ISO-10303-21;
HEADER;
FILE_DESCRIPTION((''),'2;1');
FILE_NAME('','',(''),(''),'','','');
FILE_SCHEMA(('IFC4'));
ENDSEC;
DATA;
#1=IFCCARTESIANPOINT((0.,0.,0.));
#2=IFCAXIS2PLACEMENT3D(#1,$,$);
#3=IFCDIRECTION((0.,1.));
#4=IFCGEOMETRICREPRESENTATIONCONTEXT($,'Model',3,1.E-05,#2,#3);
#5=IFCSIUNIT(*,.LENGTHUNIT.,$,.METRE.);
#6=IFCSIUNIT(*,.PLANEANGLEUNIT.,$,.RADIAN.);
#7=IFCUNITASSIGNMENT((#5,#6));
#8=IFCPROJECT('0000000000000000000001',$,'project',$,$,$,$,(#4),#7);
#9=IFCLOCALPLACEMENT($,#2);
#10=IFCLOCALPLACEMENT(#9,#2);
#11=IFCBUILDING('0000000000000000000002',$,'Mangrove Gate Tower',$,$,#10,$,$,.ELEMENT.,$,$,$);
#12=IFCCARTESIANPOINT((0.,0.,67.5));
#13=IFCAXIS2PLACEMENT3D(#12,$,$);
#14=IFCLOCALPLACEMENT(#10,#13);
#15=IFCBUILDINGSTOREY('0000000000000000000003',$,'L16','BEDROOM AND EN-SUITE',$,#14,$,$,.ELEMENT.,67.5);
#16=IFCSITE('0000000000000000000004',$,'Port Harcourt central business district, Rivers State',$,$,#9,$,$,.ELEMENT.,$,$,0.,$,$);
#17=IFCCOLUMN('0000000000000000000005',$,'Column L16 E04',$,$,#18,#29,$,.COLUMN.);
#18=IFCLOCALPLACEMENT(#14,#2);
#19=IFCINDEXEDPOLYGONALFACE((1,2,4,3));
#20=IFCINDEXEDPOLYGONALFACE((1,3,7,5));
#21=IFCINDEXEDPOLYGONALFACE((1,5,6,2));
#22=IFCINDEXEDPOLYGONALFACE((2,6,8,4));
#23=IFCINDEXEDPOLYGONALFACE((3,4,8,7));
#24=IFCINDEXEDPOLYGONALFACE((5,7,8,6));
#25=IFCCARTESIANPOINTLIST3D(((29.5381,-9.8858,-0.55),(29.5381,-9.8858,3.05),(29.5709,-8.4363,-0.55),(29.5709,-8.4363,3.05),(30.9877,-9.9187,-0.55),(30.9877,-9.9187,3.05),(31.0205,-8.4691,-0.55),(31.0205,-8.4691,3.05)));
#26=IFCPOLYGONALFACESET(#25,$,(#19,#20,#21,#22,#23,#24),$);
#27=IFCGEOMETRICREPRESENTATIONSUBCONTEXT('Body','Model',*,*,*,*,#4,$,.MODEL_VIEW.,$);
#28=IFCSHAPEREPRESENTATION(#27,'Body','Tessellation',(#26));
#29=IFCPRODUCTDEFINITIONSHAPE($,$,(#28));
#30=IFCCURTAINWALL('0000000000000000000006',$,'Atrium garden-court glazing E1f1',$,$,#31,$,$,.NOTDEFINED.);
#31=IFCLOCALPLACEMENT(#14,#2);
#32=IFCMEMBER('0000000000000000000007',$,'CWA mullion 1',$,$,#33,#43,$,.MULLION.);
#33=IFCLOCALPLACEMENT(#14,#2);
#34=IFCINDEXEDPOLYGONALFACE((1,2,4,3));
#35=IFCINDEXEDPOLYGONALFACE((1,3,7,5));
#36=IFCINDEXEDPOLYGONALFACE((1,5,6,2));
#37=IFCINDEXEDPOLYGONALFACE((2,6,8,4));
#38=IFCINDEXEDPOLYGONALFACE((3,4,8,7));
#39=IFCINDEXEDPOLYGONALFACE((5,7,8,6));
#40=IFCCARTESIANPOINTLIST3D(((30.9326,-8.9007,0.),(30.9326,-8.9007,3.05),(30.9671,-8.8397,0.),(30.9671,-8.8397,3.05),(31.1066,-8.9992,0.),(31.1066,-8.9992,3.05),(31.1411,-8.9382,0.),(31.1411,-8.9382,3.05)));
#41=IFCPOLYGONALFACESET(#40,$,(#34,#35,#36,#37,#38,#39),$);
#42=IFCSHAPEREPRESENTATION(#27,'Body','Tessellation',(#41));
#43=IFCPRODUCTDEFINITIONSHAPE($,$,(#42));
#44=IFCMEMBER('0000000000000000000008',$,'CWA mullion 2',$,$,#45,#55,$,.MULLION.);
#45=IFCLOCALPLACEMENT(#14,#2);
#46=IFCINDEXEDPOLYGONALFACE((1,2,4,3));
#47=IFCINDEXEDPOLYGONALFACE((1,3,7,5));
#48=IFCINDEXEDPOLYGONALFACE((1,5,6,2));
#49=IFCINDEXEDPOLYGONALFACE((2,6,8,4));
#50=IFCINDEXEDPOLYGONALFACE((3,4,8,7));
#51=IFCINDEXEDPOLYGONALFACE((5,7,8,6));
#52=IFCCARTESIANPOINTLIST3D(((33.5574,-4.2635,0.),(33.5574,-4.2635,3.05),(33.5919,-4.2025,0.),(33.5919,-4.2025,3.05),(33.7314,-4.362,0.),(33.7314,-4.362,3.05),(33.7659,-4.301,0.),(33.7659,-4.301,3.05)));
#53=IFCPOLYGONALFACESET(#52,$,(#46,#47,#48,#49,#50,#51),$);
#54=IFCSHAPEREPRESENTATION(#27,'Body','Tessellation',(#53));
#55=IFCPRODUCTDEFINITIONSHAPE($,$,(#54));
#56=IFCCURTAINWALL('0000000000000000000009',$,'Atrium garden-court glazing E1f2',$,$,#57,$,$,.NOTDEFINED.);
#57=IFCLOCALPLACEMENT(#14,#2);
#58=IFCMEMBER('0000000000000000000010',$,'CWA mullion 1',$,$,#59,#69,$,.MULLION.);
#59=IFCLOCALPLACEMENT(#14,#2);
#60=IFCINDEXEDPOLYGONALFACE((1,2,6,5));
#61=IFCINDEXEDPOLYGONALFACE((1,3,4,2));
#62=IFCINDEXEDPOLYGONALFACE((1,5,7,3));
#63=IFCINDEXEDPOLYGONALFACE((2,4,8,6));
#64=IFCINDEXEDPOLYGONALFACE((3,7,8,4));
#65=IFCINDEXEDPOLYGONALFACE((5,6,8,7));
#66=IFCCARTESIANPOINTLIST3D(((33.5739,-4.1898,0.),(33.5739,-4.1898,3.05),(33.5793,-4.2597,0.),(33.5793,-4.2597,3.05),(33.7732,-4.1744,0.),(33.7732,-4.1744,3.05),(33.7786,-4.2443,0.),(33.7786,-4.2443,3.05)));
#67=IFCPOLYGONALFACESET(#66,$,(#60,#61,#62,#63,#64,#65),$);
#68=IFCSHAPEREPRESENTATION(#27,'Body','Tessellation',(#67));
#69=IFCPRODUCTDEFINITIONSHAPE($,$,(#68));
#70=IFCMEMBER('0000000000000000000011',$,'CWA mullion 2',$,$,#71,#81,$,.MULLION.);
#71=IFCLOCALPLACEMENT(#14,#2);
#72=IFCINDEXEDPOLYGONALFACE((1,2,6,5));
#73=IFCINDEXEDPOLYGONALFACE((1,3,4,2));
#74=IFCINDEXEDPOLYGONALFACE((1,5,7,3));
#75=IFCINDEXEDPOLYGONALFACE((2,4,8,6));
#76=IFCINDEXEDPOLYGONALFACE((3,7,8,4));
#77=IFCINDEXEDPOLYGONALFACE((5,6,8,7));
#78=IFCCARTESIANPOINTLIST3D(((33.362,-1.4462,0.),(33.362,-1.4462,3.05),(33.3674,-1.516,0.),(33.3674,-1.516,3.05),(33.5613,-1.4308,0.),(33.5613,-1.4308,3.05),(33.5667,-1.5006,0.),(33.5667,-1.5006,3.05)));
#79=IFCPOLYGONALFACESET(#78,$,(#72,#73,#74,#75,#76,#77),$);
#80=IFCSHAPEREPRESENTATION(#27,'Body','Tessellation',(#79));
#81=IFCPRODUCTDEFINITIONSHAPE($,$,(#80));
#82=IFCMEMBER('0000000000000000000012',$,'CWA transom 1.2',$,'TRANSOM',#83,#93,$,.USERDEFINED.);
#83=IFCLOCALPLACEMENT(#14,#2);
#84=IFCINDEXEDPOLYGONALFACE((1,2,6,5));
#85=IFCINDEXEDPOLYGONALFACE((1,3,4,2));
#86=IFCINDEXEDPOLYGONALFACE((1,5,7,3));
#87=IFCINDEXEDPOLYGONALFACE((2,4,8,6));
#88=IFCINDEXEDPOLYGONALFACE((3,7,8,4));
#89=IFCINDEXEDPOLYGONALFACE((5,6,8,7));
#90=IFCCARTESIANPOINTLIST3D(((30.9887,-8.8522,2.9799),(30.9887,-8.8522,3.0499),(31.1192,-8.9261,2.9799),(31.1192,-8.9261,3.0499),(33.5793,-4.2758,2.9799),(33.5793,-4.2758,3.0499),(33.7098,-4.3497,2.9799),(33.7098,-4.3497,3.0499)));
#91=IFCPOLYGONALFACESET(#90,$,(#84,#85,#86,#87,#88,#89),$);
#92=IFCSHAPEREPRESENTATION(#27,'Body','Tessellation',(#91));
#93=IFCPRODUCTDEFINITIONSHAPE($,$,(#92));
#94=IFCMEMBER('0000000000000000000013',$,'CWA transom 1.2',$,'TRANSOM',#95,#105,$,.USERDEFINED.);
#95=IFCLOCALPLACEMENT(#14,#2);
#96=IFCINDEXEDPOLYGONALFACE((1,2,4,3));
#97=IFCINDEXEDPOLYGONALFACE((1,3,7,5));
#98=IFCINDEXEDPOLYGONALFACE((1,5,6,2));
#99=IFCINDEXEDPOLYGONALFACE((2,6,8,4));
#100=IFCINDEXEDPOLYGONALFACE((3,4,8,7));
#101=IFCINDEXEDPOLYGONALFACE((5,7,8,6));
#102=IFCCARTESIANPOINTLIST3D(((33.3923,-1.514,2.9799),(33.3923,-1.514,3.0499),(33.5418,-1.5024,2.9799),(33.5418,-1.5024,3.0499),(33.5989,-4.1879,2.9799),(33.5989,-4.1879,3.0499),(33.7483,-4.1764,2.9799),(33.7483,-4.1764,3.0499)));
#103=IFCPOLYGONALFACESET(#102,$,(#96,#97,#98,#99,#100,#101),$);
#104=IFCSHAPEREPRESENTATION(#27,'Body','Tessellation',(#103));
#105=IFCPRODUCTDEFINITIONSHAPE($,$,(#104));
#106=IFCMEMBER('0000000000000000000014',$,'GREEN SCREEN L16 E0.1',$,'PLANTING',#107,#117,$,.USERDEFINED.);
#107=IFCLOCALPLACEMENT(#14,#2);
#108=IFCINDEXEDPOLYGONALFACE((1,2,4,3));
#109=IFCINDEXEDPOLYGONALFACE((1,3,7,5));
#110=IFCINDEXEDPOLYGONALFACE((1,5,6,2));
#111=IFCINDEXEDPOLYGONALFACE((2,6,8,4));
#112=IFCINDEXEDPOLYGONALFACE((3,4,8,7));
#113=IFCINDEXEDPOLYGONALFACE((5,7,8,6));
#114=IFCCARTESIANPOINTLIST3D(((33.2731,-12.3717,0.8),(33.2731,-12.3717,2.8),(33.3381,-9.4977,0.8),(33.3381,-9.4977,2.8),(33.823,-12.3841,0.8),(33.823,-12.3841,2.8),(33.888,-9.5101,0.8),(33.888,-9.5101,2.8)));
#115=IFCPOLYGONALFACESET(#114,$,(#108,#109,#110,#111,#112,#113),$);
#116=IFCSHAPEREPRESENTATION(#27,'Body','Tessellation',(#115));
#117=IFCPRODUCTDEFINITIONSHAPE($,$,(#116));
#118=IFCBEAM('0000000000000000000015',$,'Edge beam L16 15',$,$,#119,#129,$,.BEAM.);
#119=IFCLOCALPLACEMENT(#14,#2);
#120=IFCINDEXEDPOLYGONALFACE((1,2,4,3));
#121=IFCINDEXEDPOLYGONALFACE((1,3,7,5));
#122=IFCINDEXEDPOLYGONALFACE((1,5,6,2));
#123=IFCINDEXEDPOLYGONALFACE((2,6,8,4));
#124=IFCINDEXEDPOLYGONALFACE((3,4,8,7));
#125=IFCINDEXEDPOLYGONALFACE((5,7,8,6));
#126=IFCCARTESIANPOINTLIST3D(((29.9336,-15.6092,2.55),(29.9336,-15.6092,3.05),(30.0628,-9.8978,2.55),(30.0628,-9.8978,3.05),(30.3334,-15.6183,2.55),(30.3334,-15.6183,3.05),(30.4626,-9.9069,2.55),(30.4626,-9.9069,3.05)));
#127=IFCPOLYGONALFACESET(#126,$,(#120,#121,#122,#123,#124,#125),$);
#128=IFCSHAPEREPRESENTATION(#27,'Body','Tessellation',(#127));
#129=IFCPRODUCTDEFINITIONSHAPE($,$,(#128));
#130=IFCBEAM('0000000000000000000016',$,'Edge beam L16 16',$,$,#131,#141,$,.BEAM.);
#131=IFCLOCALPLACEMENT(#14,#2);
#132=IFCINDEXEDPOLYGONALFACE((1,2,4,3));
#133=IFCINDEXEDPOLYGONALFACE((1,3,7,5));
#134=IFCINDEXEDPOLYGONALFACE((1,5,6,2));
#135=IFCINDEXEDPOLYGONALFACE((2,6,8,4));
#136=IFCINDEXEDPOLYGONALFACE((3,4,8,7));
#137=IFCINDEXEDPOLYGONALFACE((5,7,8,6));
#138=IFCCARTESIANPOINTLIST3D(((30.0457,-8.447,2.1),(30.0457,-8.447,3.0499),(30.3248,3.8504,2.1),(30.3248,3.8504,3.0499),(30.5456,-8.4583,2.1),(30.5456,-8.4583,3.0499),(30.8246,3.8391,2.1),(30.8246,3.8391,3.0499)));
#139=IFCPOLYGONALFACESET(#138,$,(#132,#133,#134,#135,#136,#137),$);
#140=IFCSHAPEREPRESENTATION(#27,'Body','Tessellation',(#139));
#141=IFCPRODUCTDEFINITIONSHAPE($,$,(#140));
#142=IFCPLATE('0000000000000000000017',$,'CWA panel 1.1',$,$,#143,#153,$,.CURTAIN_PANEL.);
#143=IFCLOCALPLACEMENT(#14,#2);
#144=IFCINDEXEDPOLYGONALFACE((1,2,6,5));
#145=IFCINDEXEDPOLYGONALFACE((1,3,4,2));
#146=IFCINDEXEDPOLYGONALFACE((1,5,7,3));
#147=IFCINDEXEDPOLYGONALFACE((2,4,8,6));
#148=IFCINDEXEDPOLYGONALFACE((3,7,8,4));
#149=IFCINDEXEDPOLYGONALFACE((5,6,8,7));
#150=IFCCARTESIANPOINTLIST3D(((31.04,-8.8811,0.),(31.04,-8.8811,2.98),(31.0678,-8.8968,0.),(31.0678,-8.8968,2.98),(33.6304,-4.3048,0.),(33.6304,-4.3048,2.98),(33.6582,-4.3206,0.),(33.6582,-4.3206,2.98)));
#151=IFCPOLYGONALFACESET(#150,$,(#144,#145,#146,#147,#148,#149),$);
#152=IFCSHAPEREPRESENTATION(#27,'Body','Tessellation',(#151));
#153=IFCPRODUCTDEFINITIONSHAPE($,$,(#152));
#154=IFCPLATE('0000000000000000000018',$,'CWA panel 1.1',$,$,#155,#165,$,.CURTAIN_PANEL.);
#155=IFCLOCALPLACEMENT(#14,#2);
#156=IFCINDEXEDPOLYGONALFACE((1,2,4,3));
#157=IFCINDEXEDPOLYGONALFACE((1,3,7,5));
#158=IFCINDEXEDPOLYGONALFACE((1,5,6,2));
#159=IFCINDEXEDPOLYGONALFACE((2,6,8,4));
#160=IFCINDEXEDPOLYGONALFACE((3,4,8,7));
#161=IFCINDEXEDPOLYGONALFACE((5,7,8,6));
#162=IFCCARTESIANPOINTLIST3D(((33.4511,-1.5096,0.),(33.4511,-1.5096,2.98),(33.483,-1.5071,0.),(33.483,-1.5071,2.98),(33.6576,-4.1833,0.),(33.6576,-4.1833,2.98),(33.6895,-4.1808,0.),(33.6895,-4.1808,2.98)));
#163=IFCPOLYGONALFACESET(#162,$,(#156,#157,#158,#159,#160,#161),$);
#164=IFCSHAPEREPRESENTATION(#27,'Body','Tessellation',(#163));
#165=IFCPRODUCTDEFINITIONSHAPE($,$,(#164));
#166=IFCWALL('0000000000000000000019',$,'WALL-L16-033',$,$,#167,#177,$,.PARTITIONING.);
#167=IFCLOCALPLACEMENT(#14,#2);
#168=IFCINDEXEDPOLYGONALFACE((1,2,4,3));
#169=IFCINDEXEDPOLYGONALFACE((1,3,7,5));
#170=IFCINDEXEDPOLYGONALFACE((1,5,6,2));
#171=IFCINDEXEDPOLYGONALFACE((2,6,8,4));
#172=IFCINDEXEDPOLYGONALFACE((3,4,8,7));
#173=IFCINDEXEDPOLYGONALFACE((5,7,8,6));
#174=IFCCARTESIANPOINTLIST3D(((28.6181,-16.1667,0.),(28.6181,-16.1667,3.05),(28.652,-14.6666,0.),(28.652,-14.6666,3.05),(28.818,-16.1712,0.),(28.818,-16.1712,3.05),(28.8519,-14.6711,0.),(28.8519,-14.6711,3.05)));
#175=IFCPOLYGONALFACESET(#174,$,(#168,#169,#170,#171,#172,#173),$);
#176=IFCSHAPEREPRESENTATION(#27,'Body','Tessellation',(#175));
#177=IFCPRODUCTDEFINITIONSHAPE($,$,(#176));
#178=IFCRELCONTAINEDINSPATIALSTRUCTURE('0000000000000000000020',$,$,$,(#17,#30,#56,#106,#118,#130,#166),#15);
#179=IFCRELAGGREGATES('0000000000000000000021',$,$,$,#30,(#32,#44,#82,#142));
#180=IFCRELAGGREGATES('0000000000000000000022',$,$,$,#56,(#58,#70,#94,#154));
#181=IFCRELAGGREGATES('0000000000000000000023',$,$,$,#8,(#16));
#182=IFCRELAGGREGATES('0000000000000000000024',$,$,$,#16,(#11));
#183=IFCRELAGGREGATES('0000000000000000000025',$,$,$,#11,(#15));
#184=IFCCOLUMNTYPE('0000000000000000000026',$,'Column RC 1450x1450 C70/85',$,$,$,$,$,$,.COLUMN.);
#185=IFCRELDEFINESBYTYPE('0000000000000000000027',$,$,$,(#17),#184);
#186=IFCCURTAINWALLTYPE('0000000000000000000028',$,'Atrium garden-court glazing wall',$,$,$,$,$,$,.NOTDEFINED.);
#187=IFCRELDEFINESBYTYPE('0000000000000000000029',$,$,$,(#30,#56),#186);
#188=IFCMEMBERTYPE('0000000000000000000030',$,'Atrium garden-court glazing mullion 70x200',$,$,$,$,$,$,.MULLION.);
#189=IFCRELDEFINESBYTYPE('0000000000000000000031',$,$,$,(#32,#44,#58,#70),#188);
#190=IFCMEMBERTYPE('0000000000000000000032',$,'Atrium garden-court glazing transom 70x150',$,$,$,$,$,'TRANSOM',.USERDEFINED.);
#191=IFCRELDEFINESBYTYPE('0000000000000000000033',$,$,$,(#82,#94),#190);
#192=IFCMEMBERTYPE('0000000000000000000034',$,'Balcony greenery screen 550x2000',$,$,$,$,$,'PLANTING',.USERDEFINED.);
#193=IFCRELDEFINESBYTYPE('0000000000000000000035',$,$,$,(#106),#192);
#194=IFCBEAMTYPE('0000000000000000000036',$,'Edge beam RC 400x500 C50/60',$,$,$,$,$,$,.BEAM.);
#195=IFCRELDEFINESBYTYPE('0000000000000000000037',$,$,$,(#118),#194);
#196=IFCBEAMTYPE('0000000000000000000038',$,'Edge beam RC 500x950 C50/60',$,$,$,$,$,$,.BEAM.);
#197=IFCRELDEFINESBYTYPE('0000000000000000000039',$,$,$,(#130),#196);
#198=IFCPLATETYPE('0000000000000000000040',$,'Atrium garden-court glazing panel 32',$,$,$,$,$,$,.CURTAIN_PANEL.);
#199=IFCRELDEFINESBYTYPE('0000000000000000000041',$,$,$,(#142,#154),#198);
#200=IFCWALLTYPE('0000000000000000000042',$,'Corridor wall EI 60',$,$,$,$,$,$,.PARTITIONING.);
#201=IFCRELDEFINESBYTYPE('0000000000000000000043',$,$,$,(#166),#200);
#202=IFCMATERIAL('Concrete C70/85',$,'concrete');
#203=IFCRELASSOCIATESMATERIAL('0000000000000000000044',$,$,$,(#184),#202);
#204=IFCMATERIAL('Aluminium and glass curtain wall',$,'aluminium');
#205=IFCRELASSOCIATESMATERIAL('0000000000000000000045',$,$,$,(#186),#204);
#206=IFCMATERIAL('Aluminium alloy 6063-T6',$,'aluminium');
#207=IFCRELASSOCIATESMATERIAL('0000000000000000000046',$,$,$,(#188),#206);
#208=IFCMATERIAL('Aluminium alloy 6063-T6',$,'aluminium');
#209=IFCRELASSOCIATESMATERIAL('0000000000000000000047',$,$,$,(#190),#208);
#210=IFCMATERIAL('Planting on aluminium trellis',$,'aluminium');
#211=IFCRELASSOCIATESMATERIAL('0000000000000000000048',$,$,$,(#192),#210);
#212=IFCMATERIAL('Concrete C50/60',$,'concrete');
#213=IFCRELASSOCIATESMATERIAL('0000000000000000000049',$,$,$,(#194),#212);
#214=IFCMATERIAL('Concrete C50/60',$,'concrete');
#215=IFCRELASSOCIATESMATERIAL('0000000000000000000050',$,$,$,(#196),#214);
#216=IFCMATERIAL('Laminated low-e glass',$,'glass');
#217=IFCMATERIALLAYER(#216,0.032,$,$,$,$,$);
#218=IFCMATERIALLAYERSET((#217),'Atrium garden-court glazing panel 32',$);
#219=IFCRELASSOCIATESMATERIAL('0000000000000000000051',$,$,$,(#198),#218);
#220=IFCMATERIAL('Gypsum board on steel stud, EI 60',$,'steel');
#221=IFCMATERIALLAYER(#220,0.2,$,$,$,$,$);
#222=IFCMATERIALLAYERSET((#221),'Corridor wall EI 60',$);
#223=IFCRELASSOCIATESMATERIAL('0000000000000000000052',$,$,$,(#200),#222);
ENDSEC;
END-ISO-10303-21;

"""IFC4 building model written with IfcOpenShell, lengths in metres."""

from ifc_helpers import new_model, si_unit, direction, frame, frame_2d, origin, origin_2d, place, context, subcontext, project, spatial, rectangle, extrude, material, layer, layer_set, material_profile, profile_set, type_object, element, aggregate, save


model = new_model("IFC4")

# Units and contexts
model_context = context("Model", 3, precision=1e-05, world=origin(), true_north=direction((0.0, 1.0)))
body_context = subcontext(model_context, "Body", "Model", "MODEL_VIEW")
ifc_project = project(units=[si_unit("LENGTHUNIT", "METRE"), si_unit("PLANEANGLEUNIT", "RADIAN")], contexts=[model_context])

# Site, building, storey
site_placement = place(None, origin())
site = spatial("IfcSite", under=ifc_project, at=site_placement, Name="Port Harcourt central business district, Rivers State", CompositionType="ELEMENT", RefElevation=0.0)
building_placement = place(site_placement, origin())
building = spatial("IfcBuilding", under=site, at=building_placement, Name="Mangrove Gate Tower", CompositionType="ELEMENT")
storey_placement = place(building_placement, frame((0.0, 0.0, 67.5)))
storey = spatial("IfcBuildingStorey", under=building, at=storey_placement, Name="L16", Description="BEDROOM AND EN-SUITE", CompositionType="ELEMENT", Elevation=67.5)

# Column
ifc_material_1 = material(Name="Concrete C70/85", Category="concrete")
ifc_material_profile_1 = material_profile(ifc_material_1, rectangle(XDim=1.45, YDim=1.45, at=origin_2d()))
ifc_profile_set_1 = profile_set([ifc_material_profile_1], Name="Concrete C70/85")
column_type = type_object("IfcColumnType", Name="Column RC 1450x1450 C70/85", PredefinedType="COLUMN", material=ifc_profile_set_1)
column_placement = place(storey_placement, frame((30.2793, -9.1775, -0.55), z_axis=(0.0, 0.0, 1.0), x_axis=(0.022665, 0.999743, 0.0)))
element("IfcColumn", 1, at=column_placement, inside=storey, type_object=column_type, Name="Column L16 E04", PredefinedType="COLUMN", context=body_context, shape_type="SweptSolid", body=[
    extrude(rectangle(XDim=1.45, YDim=1.45, at=origin_2d()), origin(), (0.0, 0.0, 1.0), 3.6001),
])

# Curtain walls, members
ifc_material_2 = material(Name="Aluminium and glass curtain wall", Category="aluminium")
curtain_wall_type = type_object("IfcCurtainWallType", Name="Atrium garden-court glazing wall", PredefinedType="NOTDEFINED", material=ifc_material_2)
curtain_wall_1_placement = place(storey_placement, origin())
curtain_wall_1 = element("IfcCurtainWall", 2, at=curtain_wall_1_placement, inside=storey, type_object=curtain_wall_type, Name="Atrium garden-court glazing E1f1", PredefinedType="NOTDEFINED")
ifc_material_3 = material(Name="Aluminium alloy 6063-T6", Category="aluminium")
ifc_material_profile_2 = material_profile(ifc_material_3, rectangle(XDim=0.0701, YDim=0.2, at=origin_2d()))
ifc_profile_set_2 = profile_set([ifc_material_profile_2], Name="Aluminium alloy 6063-T6")
member_type_1 = type_object("IfcMemberType", Name="Atrium garden-court glazing mullion 70x200", PredefinedType="MULLION", material=ifc_profile_set_2)
member_1_placement = place(storey_placement, frame((31.0369, -8.9194, 0.0), z_axis=(0.0, 0.0, 1.0), x_axis=(0.492604, 0.870254, 0.0)))
member_1 = element("IfcMember", 3, at=member_1_placement, type_object=member_type_1, Name="CWA mullion 1", PredefinedType="MULLION", context=body_context, shape_type="SweptSolid", body=[
    extrude(rectangle(XDim=0.0701, YDim=0.2, at=origin_2d()), origin(), (0.0, 0.0, 1.0), 3.05),
])
member_2_placement = place(storey_placement, frame((33.6616, -4.2822, 0.0), z_axis=(0.0, 0.0, 1.0), x_axis=(0.492604, 0.870254, 0.0)))
member_2 = element("IfcMember", 4, at=member_2_placement, type_object=member_type_1, Name="CWA mullion 2", PredefinedType="MULLION", context=body_context, shape_type="SweptSolid", body=[
    extrude(rectangle(XDim=0.0701, YDim=0.2, at=origin_2d()), origin(), (0.0, 0.0, 1.0), 3.05),
])
curtain_wall_2_placement = place(storey_placement, origin())
curtain_wall_2 = element("IfcCurtainWall", 5, at=curtain_wall_2_placement, inside=storey, type_object=curtain_wall_type, Name="Atrium garden-court glazing E1f2", PredefinedType="NOTDEFINED")
member_3_placement = place(storey_placement, frame((33.6763, -4.217, 0.0), z_axis=(0.0, 0.0, 1.0), x_axis=(-0.077023, 0.997029, 0.0)))
member_3 = element("IfcMember", 6, at=member_3_placement, type_object=member_type_1, Name="CWA mullion 1", PredefinedType="MULLION", context=body_context, shape_type="SweptSolid", body=[
    extrude(rectangle(XDim=0.0701, YDim=0.2, at=origin_2d()), origin(), (0.0, 0.0, 1.0), 3.05),
])
member_4_placement = place(storey_placement, frame((33.4644, -1.4734, 0.0), z_axis=(0.0, 0.0, 1.0), x_axis=(-0.077023, 0.997029, 0.0)))
member_4 = element("IfcMember", 7, at=member_4_placement, type_object=member_type_1, Name="CWA mullion 2", PredefinedType="MULLION", context=body_context, shape_type="SweptSolid", body=[
    extrude(rectangle(XDim=0.0701, YDim=0.2, at=origin_2d()), origin(), (0.0, 0.0, 1.0), 3.05),
])

# Members
ifc_material_4 = material(Name="Aluminium alloy 6063-T6", Category="aluminium")
ifc_material_profile_3 = material_profile(ifc_material_4, rectangle(XDim=0.0701, YDim=0.1499, at=origin_2d()))
ifc_profile_set_3 = profile_set([ifc_material_profile_3], Name="Aluminium alloy 6063-T6")
member_type_2 = type_object("IfcMemberType", Name="Atrium garden-court glazing transom 70x150", ElementType="TRANSOM", PredefinedType="USERDEFINED", material=ifc_profile_set_3)
member_5_placement = place(storey_placement, frame((31.054, -8.8892, 3.0149), z_axis=(0.49262, 0.870244, 0.0), x_axis=(0.0, 0.0, 1.0)))
member_5 = element("IfcMember", 8, at=member_5_placement, type_object=member_type_2, Name="CWA transom 1.2", ObjectType="TRANSOM", PredefinedType="USERDEFINED", context=body_context, shape_type="SweptSolid", body=[
    extrude(rectangle(XDim=0.0701, YDim=0.1499, at=origin_2d()), origin(), (0.0, 0.0, 1.0), 5.2588),
])
member_6_placement = place(storey_placement, frame((33.6736, -4.1821, 3.0149), z_axis=(-0.077017, 0.99703, 0.0), x_axis=(0.0, 0.0, 1.0)))
member_6 = element("IfcMember", 9, at=member_6_placement, type_object=member_type_2, Name="CWA transom 1.2", ObjectType="TRANSOM", PredefinedType="USERDEFINED", context=body_context, shape_type="SweptSolid", body=[
    extrude(rectangle(XDim=0.0701, YDim=0.1499, at=origin_2d()), origin(), (0.0, 0.0, 1.0), 2.6819),
])
ifc_material_5 = material(Name="Planting on aluminium trellis", Category="aluminium")
ifc_material_profile_4 = material_profile(ifc_material_5, rectangle(XDim=0.55, YDim=2.0, at=origin_2d()))
ifc_profile_set_4 = profile_set([ifc_material_profile_4], Name="Planting on aluminium trellis")
member_type_3 = type_object("IfcMemberType", Name="Balcony greenery screen 550x2000", ElementType="PLANTING", PredefinedType="USERDEFINED", material=ifc_profile_set_4)
member_7_placement = place(storey_placement, frame((33.5481, -12.3779, 1.8), z_axis=(0.02259, 0.999745, 0.0), x_axis=(-0.999745, 0.02259, 0.0)))
element("IfcMember", 10, at=member_7_placement, inside=storey, type_object=member_type_3, Name="GREEN SCREEN L16 E0.1", ObjectType="PLANTING", PredefinedType="USERDEFINED", context=body_context, shape_type="SweptSolid", body=[
    extrude(rectangle(XDim=0.55, YDim=2.0, at=origin_2d()), origin(), (0.0, 0.0, 1.0), 2.8748),
])

# Beams
ifc_material_6 = material(Name="Concrete C50/60", Category="concrete")
ifc_material_profile_5 = material_profile(ifc_material_6, rectangle(XDim=0.3999, YDim=0.5, at=origin_2d()))
ifc_profile_set_5 = profile_set([ifc_material_profile_5], Name="Concrete C50/60")
beam_type_1 = type_object("IfcBeamType", Name="Edge beam RC 400x500 C50/60", PredefinedType="BEAM", material=ifc_profile_set_5)
beam_1_placement = place(storey_placement, frame((30.1335, -15.6138, 2.8), z_axis=(0.022607, 0.999744, 0.0), x_axis=(-0.999744, 0.022607, 0.0)))
element("IfcBeam", 11, at=beam_1_placement, inside=storey, type_object=beam_type_1, Name="Edge beam L16 15", PredefinedType="BEAM", context=body_context, shape_type="SweptSolid", body=[
    extrude(rectangle(XDim=0.3999, YDim=0.5, at=origin_2d()), origin(), (0.0, 0.0, 1.0), 5.7129),
])
ifc_material_7 = material(Name="Concrete C50/60", Category="concrete")
ifc_material_profile_6 = material_profile(ifc_material_7, rectangle(XDim=0.5, YDim=0.95, at=origin_2d()))
ifc_profile_set_6 = profile_set([ifc_material_profile_6], Name="Concrete C50/60")
beam_type_2 = type_object("IfcBeamType", Name="Edge beam RC 500x950 C50/60", PredefinedType="BEAM", material=ifc_profile_set_6)
beam_2_placement = place(storey_placement, frame((30.2957, -8.4526, 2.575), z_axis=(0.022686, 0.999743, 0.0), x_axis=(-0.999743, 0.022686, 0.0)))
element("IfcBeam", 12, at=beam_2_placement, inside=storey, type_object=beam_type_2, Name="Edge beam L16 16", PredefinedType="BEAM", context=body_context, shape_type="SweptSolid", body=[
    extrude(rectangle(XDim=0.5, YDim=0.95, at=origin_2d()), origin(), (0.0, 0.0, 1.0), 12.3005),
])

# Plates
ifc_material_8 = material(Name="Laminated low-e glass", Category="glass")
ifc_layer_1 = layer(ifc_material_8, 0.032)
ifc_layer_set_1 = layer_set([ifc_layer_1], Name="Atrium garden-court glazing panel 32")
plate_type = type_object("IfcPlateType", Name="Atrium garden-court glazing panel 32", PredefinedType="CURTAIN_PANEL", material=ifc_layer_set_1)
plate_1_placement = place(storey_placement, frame((32.3491, -6.6008, 0.0), z_axis=(0.0, 0.0, 1.0), x_axis=(0.492604, 0.870254, 0.0)))
plate_1 = element("IfcPlate", 13, at=plate_1_placement, type_object=plate_type, Name="CWA panel 1.1", PredefinedType="CURTAIN_PANEL", context=body_context, shape_type="SweptSolid", body=[
    extrude(rectangle(XDim=5.2585, YDim=0.032, at=origin_2d()), origin(), (0.0, 0.0, 1.0), 2.98),
])
aggregate(curtain_wall_1, [member_1, member_2, member_5, plate_1])
plate_2_placement = place(storey_placement, frame((33.5703, -2.8452, 0.0), z_axis=(0.0, 0.0, 1.0), x_axis=(-0.077023, 0.997029, 0.0)))
plate_2 = element("IfcPlate", 14, at=plate_2_placement, type_object=plate_type, Name="CWA panel 1.1", PredefinedType="CURTAIN_PANEL", context=body_context, shape_type="SweptSolid", body=[
    extrude(rectangle(XDim=2.6816, YDim=0.032, at=origin_2d()), origin(), (0.0, 0.0, 1.0), 2.98),
])
aggregate(curtain_wall_2, [member_3, member_4, member_6, plate_2])

# Wall
ifc_material_9 = material(Name="Gypsum board on steel stud, EI 60", Category="steel")
ifc_layer_2 = layer(ifc_material_9, 0.2)
ifc_layer_set_2 = layer_set([ifc_layer_2], Name="Corridor wall EI 60")
wall_type_1 = type_object("IfcWallType", Name="Corridor wall EI 60", PredefinedType="PARTITIONING", material=ifc_layer_set_2)
wall_1_placement = place(storey_placement, frame((28.718, -16.1689, 0.0), z_axis=(0.0, 0.0, 1.0), x_axis=(0.022618, 0.999744, 0.0)))
element("IfcWall", 15, at=wall_1_placement, inside=storey, type_object=wall_type_1, Name="WALL-L16-033", PredefinedType="PARTITIONING", context=body_context, shape_type="SweptSolid", body=[
    extrude(rectangle(XDim=1.5005, YDim=0.2, at=frame_2d((0.7502, 0.0))), origin(), (0.0, 0.0, 1.0), 3.05),
])

save(model, "model.ifc")
